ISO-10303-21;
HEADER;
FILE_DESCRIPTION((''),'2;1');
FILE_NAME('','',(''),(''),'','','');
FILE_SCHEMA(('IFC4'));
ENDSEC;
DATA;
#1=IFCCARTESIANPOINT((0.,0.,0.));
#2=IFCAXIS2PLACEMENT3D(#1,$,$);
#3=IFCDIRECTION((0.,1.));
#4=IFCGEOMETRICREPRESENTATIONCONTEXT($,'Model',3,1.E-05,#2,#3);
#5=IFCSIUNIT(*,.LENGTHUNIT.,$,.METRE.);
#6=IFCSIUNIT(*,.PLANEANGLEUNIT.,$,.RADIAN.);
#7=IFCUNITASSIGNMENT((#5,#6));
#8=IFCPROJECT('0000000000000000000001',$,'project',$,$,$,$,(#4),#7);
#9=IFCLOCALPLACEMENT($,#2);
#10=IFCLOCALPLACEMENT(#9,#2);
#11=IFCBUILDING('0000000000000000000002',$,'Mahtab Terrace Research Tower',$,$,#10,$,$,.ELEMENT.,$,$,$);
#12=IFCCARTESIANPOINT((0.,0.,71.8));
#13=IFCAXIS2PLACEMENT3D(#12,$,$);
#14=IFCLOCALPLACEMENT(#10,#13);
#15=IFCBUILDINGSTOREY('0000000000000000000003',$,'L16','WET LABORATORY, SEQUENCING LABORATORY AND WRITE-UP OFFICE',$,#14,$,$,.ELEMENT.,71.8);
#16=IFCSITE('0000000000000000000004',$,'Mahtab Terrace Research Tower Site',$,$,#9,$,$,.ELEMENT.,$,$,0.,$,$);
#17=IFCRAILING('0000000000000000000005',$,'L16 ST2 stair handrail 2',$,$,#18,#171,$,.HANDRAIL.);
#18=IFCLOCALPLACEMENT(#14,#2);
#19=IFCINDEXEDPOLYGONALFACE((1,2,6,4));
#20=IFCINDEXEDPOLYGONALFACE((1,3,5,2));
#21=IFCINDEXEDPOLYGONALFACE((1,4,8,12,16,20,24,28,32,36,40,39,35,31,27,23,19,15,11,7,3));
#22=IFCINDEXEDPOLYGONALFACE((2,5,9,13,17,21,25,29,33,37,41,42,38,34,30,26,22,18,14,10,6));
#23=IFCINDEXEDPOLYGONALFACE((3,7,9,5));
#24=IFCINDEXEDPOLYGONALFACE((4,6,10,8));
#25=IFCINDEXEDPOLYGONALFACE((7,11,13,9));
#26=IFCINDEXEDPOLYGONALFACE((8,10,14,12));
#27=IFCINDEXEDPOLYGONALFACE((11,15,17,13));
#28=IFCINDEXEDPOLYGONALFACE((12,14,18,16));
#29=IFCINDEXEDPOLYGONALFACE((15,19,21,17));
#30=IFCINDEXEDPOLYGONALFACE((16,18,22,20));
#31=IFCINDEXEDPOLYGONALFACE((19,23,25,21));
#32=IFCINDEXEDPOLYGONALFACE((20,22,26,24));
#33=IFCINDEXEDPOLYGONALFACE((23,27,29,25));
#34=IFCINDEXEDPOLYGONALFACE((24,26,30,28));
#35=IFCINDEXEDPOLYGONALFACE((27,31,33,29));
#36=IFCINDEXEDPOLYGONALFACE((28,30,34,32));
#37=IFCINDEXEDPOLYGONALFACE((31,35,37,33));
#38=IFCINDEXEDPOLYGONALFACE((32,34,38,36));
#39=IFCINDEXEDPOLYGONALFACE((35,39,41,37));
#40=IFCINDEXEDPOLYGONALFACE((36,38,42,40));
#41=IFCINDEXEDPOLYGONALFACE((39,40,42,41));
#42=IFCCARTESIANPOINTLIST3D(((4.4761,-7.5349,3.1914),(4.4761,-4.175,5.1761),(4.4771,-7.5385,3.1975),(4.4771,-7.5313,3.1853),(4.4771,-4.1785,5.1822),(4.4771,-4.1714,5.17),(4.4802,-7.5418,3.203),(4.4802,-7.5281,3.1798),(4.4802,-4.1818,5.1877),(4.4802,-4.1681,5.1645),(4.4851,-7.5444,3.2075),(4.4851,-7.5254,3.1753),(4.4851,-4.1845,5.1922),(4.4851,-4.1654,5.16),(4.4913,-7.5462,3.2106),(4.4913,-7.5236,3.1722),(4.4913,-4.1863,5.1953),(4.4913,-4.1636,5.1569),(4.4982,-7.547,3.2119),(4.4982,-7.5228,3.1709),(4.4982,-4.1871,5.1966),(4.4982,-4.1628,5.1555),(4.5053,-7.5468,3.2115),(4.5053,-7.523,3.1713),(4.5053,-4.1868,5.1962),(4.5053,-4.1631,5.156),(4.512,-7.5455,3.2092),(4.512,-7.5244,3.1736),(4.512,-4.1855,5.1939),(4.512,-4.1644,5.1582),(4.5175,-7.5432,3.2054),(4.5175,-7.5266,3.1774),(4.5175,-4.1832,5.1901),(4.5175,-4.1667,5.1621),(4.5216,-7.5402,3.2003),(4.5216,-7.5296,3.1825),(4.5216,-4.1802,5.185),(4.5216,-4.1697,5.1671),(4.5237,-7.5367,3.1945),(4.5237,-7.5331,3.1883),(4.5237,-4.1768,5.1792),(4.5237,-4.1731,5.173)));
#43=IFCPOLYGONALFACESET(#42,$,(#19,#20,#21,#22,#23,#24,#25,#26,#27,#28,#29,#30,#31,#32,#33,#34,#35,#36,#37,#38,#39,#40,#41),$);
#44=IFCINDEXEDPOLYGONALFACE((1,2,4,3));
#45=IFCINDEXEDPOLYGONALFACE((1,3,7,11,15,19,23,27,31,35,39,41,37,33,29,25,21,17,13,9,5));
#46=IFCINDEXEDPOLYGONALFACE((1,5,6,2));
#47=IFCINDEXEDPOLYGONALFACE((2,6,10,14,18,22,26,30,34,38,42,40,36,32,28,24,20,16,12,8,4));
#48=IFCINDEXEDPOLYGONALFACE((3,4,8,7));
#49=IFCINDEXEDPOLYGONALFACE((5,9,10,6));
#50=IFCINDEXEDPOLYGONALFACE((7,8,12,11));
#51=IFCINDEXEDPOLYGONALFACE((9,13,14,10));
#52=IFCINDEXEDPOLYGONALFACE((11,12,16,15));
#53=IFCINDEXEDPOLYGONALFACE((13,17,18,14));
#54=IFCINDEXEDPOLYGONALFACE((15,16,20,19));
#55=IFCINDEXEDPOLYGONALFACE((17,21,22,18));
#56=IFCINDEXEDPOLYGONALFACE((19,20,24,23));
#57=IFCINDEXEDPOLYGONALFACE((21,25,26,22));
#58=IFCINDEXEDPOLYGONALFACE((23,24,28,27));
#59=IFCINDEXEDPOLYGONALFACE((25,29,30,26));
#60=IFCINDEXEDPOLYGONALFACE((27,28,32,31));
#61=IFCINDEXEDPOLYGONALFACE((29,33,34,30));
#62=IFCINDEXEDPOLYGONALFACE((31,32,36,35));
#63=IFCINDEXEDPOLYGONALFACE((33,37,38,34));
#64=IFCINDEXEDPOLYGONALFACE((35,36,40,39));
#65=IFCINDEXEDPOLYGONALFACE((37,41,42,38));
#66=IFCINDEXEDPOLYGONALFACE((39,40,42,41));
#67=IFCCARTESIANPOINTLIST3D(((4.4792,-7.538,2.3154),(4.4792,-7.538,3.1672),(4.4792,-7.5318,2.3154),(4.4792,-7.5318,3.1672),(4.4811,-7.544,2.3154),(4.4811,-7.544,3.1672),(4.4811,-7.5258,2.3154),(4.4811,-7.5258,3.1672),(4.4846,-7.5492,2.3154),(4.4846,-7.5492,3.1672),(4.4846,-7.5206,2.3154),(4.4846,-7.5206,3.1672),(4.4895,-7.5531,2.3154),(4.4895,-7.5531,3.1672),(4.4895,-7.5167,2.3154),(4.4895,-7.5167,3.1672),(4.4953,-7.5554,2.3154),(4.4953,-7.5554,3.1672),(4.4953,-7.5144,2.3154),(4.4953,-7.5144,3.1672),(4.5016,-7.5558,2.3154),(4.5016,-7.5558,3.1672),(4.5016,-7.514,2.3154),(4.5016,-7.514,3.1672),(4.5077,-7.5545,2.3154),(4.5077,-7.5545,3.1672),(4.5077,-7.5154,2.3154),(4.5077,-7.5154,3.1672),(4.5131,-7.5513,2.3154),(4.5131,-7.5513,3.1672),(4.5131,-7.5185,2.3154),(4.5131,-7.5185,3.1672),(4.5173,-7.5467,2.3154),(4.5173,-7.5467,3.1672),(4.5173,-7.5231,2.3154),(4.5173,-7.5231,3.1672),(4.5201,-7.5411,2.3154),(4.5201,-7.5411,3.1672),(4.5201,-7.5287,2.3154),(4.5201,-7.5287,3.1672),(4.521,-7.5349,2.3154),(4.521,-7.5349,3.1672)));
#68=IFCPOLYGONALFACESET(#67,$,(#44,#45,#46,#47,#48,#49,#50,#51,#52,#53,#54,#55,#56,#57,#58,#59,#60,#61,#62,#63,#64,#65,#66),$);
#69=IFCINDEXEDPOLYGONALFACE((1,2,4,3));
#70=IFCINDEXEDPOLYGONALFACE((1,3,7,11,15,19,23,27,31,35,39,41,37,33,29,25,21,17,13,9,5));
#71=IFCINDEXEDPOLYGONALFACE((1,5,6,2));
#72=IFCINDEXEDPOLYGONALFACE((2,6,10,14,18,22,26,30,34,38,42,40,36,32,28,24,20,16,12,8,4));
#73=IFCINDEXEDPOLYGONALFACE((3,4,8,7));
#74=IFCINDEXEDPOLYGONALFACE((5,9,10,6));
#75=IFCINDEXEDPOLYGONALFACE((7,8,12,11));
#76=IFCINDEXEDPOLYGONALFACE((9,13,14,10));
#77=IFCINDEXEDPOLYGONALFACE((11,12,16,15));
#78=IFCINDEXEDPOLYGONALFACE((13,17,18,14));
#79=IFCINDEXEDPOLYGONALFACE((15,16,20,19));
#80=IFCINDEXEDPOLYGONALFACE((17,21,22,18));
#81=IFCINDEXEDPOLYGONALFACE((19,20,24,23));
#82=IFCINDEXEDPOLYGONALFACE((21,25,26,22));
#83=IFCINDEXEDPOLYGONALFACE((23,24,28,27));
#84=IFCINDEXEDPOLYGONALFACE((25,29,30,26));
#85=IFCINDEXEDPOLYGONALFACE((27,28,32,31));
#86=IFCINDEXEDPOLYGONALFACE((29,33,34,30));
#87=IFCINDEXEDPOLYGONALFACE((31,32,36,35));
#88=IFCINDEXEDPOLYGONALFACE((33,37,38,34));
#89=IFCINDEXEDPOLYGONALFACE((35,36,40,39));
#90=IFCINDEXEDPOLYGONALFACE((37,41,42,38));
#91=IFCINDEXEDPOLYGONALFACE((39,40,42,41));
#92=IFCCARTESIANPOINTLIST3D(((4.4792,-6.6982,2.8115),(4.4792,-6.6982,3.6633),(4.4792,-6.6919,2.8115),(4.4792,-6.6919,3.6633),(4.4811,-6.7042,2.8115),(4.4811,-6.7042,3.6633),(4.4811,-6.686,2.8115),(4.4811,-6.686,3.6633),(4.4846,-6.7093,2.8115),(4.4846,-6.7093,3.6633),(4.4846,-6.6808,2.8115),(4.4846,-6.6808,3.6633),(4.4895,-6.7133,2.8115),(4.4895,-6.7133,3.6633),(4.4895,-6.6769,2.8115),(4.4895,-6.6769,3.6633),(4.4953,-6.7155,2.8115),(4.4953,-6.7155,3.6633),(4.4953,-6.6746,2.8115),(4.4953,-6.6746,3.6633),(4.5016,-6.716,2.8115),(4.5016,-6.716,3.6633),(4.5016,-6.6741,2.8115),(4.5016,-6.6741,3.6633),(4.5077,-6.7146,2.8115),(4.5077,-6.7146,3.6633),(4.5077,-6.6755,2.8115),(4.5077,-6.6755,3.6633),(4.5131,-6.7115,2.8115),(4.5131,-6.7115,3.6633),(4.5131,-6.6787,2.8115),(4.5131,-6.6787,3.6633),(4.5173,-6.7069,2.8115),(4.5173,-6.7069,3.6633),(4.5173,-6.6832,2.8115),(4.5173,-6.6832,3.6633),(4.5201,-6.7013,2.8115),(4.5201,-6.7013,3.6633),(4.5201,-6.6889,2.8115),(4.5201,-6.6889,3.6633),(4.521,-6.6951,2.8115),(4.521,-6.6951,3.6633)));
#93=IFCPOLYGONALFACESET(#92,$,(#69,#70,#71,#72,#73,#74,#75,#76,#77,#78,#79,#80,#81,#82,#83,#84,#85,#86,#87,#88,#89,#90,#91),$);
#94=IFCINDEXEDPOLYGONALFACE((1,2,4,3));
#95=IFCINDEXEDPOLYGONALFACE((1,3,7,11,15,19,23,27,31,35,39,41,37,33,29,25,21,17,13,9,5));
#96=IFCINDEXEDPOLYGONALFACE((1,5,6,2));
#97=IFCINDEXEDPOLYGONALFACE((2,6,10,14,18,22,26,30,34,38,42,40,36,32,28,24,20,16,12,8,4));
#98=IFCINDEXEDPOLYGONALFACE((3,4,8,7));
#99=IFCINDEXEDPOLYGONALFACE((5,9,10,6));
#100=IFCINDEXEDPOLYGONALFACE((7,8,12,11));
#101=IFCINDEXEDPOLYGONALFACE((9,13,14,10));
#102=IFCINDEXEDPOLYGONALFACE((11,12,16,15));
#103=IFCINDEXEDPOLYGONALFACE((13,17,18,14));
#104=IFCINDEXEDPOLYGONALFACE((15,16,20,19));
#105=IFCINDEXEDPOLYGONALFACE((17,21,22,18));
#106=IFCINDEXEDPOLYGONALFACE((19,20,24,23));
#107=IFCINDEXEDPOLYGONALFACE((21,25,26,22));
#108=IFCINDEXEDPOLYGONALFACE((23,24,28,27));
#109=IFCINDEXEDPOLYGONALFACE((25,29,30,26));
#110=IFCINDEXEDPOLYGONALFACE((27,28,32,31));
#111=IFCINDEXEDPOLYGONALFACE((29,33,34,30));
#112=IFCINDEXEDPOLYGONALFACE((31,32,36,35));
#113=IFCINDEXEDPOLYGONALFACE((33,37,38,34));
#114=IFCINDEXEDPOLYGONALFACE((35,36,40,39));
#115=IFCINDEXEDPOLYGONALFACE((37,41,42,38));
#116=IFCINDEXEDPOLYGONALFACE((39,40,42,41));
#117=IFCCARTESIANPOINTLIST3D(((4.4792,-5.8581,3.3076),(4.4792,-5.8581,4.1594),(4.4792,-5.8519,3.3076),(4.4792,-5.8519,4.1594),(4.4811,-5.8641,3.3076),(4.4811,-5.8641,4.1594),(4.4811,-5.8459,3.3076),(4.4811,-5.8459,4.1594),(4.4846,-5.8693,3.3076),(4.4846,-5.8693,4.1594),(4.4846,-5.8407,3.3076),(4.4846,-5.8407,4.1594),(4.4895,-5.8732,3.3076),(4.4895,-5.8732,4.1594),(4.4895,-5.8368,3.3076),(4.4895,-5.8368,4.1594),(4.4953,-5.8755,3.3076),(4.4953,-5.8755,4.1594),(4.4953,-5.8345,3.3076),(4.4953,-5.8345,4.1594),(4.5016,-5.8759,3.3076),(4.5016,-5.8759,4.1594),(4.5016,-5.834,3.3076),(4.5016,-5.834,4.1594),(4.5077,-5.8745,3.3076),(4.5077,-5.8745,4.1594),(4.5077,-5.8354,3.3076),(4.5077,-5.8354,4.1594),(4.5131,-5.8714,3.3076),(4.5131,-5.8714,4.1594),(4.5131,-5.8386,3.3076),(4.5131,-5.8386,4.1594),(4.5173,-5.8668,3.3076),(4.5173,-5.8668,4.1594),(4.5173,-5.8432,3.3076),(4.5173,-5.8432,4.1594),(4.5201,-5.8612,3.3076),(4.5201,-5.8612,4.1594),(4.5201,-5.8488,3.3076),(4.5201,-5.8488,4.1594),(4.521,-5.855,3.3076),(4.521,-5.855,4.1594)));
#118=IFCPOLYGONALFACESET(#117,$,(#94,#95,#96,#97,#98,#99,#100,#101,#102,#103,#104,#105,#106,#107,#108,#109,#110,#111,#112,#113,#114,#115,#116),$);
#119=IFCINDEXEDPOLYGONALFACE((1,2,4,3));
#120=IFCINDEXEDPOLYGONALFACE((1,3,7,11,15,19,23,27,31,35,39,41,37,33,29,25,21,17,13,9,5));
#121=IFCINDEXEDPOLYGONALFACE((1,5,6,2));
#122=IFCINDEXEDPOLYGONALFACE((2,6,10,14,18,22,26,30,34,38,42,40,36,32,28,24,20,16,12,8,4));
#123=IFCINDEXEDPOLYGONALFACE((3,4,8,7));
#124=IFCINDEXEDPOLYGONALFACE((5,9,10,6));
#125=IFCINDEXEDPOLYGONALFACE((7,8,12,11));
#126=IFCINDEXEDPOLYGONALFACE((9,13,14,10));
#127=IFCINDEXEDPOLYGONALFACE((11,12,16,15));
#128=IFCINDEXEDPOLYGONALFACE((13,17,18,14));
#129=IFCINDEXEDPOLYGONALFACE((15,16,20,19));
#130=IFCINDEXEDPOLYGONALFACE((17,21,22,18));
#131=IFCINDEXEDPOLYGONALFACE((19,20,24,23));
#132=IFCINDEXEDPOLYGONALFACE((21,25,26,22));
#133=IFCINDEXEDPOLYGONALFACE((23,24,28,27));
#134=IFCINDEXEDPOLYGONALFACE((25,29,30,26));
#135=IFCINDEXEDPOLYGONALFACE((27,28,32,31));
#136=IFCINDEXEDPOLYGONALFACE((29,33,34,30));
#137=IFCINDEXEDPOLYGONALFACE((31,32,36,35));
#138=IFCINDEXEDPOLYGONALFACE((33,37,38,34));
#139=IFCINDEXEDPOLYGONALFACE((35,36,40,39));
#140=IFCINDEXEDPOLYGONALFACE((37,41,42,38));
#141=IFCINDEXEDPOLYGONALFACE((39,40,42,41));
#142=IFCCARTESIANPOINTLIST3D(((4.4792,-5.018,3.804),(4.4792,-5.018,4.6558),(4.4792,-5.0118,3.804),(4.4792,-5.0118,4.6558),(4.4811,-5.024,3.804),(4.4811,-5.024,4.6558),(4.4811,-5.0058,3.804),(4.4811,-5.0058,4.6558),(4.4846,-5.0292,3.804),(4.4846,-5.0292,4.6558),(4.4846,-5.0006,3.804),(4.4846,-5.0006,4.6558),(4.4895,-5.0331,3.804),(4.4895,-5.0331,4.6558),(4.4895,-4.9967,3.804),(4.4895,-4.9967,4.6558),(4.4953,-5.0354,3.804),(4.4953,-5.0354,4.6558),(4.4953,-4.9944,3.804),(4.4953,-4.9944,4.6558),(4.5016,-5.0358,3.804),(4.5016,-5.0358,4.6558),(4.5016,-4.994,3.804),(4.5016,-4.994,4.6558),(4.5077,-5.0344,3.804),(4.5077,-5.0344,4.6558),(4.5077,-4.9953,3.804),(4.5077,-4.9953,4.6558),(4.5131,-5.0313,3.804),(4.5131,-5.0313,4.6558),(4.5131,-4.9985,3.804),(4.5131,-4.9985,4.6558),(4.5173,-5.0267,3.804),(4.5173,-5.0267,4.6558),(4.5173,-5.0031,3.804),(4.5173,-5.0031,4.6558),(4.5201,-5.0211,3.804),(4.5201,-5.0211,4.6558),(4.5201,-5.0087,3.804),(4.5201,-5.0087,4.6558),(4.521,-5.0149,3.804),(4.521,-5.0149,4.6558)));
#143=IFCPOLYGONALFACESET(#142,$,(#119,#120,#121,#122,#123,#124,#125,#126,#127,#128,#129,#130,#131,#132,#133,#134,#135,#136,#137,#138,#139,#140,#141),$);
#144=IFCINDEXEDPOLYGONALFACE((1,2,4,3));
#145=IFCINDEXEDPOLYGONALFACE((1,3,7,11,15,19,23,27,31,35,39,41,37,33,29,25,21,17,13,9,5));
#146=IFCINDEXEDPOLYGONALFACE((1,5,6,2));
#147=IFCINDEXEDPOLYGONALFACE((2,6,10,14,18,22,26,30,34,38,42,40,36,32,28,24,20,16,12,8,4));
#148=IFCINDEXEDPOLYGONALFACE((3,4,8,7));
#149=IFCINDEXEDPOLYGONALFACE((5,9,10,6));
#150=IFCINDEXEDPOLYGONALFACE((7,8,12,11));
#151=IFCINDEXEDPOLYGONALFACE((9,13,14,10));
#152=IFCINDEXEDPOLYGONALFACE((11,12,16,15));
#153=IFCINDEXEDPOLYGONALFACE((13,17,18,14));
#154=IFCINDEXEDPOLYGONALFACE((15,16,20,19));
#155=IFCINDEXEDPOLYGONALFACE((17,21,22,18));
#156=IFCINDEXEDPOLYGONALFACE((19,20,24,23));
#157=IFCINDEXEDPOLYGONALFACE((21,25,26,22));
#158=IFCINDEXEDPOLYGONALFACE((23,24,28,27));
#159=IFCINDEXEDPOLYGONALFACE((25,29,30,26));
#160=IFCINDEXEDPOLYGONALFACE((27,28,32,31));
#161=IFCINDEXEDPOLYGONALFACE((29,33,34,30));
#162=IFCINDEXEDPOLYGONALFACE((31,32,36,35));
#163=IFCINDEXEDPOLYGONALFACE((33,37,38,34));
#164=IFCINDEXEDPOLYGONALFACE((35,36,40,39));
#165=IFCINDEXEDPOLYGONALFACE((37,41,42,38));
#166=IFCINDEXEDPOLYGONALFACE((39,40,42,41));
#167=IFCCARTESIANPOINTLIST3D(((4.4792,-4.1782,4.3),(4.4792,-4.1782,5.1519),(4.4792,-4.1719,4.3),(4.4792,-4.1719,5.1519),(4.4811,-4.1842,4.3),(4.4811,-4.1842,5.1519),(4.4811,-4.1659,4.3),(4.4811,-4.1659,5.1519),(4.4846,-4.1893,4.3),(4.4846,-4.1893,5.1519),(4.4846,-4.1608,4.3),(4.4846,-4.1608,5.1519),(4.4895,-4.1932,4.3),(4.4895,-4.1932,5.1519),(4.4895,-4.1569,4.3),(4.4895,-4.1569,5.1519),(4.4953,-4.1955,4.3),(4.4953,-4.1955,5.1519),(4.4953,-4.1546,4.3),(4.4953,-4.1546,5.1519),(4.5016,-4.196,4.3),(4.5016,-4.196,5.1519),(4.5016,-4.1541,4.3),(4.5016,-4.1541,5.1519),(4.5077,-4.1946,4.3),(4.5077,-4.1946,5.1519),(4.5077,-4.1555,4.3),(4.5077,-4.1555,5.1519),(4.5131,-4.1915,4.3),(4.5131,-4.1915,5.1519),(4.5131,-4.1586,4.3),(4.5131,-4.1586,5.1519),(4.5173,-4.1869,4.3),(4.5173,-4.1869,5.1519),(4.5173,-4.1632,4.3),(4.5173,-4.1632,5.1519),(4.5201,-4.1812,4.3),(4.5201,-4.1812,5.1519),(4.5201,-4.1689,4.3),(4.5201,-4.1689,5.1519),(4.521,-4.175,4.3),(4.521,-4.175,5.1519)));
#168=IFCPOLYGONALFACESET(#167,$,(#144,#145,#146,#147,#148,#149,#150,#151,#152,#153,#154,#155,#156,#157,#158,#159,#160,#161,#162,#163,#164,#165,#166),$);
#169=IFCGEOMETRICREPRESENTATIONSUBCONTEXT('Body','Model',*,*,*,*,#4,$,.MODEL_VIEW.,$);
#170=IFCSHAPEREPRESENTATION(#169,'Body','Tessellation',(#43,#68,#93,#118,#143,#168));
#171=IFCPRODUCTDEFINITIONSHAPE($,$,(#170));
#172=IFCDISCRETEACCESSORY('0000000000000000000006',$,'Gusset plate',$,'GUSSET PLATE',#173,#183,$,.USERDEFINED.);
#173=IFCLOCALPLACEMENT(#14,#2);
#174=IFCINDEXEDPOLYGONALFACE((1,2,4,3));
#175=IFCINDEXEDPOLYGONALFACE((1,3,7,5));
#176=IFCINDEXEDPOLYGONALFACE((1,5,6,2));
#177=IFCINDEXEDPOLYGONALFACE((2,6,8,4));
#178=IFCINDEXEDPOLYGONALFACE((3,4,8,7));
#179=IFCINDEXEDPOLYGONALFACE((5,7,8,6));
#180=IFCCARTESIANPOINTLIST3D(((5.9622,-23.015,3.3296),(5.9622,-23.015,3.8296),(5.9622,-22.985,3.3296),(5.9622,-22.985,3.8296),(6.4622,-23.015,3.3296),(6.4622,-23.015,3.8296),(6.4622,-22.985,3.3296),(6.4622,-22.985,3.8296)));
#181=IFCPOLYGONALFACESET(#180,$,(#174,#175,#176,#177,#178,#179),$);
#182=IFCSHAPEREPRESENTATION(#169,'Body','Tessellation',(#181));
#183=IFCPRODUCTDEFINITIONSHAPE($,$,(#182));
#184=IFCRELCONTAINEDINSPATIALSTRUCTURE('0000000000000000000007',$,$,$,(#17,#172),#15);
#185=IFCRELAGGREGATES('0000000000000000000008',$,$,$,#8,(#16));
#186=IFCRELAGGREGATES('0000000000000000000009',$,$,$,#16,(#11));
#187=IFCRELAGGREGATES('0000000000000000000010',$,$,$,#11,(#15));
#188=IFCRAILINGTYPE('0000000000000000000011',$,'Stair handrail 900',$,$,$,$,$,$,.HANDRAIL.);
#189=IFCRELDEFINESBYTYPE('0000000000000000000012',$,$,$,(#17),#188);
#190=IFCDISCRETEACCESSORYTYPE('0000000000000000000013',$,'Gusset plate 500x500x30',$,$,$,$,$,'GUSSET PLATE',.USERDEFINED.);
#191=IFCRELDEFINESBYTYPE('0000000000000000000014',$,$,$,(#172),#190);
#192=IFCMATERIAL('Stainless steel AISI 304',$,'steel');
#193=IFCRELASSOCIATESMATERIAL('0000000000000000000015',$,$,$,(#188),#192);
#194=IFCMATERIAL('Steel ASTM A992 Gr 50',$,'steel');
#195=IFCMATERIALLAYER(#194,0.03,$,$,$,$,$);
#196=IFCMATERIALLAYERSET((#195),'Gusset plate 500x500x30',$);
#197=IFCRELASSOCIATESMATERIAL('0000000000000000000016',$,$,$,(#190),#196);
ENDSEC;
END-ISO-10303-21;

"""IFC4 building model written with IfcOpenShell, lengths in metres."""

from ifc_helpers import new_model, si_unit, direction, frame, origin, origin_2d, place, context, subcontext, project, spatial, rectangle, circle, extrude, material, layer, layer_set, type_object, element, save


model = new_model("IFC4")

# Units and contexts
model_context = context("Model", 3, precision=1e-05, world=origin(), true_north=direction((0.0, 1.0)))
body_context = subcontext(model_context, "Body", "Model", "MODEL_VIEW")
ifc_project = project(units=[si_unit("LENGTHUNIT", "METRE"), si_unit("PLANEANGLEUNIT", "RADIAN")], contexts=[model_context])

# Site, building, storey
site_placement = place(None, origin())
site = spatial("IfcSite", under=ifc_project, at=site_placement, Name="Mahtab Terrace Research Tower Site", CompositionType="ELEMENT", RefElevation=0.0)
building_placement = place(site_placement, origin())
building = spatial("IfcBuilding", under=site, at=building_placement, Name="Mahtab Terrace Research Tower", CompositionType="ELEMENT")
storey_placement = place(building_placement, frame((0.0, 0.0, 71.8)))
storey = spatial("IfcBuildingStorey", under=building, at=storey_placement, Name="L16", Description="WET LABORATORY, SEQUENCING LABORATORY AND WRITE-UP OFFICE", CompositionType="ELEMENT", Elevation=71.8)

# Shared definitions
ifc_material_1 = material(Name="Steel ASTM A992 Gr 50", Category="steel")

# Railing
ifc_material_2 = material(Name="Stainless steel AISI 304", Category="steel")
railing_type_1 = type_object("IfcRailingType", Name="Stair handrail 900", PredefinedType="HANDRAIL", material=ifc_material_2)
railing_1_placement = place(storey_placement, frame((4.5, -7.5349, 2.3154)))
element("IfcRailing", 1, at=railing_1_placement, inside=storey, type_object=railing_type_1, Name="L16 ST2 stair handrail 2", PredefinedType="HANDRAIL", context=body_context, shape_type="SweptSolid", body=[
    extrude(circle(Radius=0.0239, at=origin_2d()), frame((0.0, 0.0, 0.876), z_axis=(0.0, 0.861011, 0.508586), x_axis=(-1.0, 0.0, 0.0)), (0.0, 0.0, 1.0), 3.9023),
    extrude(circle(Radius=0.021, at=origin_2d()), origin(), (0.0, 0.0, 1.0), 0.8518),
    extrude(circle(Radius=0.021, at=origin_2d()), frame((0.0, 0.8398, 0.4961)), (0.0, 0.0, 1.0), 0.8518),
    extrude(circle(Radius=0.021, at=origin_2d()), frame((0.0, 1.6799, 0.9922)), (0.0, 0.0, 1.0), 0.8518),
    extrude(circle(Radius=0.021, at=origin_2d()), frame((0.0, 2.52, 1.4885)), (0.0, 0.0, 1.0), 0.8518),
    extrude(circle(Radius=0.021, at=origin_2d()), frame((0.0, 3.3599, 1.9846)), (0.0, 0.0, 1.0), 0.8518),
])

# Discrete accessory
ifc_layer_1 = layer(ifc_material_1, 0.03)
ifc_layer_set_1 = layer_set([ifc_layer_1], Name="Gusset plate 500x500x30")
discrete_accessory_type = type_object("IfcDiscreteAccessoryType", Name="Gusset plate 500x500x30", ElementType="GUSSET PLATE", PredefinedType="USERDEFINED", material=ifc_layer_set_1)
discrete_accessory_placement = place(storey_placement, frame((6.2122, -23.0, 3.3296), z_axis=(0.0, 0.0, 1.0), x_axis=(1.0, 0.0, 0.0)))
element("IfcDiscreteAccessory", 2, at=discrete_accessory_placement, inside=storey, type_object=discrete_accessory_type, Name="Gusset plate", ObjectType="GUSSET PLATE", PredefinedType="USERDEFINED", context=body_context, shape_type="SweptSolid", body=[
    extrude(rectangle(XDim=0.5, YDim=0.03, at=origin_2d()), origin(), (0.0, 0.0, 1.0), 0.5),
])

save(model, "model.ifc")
